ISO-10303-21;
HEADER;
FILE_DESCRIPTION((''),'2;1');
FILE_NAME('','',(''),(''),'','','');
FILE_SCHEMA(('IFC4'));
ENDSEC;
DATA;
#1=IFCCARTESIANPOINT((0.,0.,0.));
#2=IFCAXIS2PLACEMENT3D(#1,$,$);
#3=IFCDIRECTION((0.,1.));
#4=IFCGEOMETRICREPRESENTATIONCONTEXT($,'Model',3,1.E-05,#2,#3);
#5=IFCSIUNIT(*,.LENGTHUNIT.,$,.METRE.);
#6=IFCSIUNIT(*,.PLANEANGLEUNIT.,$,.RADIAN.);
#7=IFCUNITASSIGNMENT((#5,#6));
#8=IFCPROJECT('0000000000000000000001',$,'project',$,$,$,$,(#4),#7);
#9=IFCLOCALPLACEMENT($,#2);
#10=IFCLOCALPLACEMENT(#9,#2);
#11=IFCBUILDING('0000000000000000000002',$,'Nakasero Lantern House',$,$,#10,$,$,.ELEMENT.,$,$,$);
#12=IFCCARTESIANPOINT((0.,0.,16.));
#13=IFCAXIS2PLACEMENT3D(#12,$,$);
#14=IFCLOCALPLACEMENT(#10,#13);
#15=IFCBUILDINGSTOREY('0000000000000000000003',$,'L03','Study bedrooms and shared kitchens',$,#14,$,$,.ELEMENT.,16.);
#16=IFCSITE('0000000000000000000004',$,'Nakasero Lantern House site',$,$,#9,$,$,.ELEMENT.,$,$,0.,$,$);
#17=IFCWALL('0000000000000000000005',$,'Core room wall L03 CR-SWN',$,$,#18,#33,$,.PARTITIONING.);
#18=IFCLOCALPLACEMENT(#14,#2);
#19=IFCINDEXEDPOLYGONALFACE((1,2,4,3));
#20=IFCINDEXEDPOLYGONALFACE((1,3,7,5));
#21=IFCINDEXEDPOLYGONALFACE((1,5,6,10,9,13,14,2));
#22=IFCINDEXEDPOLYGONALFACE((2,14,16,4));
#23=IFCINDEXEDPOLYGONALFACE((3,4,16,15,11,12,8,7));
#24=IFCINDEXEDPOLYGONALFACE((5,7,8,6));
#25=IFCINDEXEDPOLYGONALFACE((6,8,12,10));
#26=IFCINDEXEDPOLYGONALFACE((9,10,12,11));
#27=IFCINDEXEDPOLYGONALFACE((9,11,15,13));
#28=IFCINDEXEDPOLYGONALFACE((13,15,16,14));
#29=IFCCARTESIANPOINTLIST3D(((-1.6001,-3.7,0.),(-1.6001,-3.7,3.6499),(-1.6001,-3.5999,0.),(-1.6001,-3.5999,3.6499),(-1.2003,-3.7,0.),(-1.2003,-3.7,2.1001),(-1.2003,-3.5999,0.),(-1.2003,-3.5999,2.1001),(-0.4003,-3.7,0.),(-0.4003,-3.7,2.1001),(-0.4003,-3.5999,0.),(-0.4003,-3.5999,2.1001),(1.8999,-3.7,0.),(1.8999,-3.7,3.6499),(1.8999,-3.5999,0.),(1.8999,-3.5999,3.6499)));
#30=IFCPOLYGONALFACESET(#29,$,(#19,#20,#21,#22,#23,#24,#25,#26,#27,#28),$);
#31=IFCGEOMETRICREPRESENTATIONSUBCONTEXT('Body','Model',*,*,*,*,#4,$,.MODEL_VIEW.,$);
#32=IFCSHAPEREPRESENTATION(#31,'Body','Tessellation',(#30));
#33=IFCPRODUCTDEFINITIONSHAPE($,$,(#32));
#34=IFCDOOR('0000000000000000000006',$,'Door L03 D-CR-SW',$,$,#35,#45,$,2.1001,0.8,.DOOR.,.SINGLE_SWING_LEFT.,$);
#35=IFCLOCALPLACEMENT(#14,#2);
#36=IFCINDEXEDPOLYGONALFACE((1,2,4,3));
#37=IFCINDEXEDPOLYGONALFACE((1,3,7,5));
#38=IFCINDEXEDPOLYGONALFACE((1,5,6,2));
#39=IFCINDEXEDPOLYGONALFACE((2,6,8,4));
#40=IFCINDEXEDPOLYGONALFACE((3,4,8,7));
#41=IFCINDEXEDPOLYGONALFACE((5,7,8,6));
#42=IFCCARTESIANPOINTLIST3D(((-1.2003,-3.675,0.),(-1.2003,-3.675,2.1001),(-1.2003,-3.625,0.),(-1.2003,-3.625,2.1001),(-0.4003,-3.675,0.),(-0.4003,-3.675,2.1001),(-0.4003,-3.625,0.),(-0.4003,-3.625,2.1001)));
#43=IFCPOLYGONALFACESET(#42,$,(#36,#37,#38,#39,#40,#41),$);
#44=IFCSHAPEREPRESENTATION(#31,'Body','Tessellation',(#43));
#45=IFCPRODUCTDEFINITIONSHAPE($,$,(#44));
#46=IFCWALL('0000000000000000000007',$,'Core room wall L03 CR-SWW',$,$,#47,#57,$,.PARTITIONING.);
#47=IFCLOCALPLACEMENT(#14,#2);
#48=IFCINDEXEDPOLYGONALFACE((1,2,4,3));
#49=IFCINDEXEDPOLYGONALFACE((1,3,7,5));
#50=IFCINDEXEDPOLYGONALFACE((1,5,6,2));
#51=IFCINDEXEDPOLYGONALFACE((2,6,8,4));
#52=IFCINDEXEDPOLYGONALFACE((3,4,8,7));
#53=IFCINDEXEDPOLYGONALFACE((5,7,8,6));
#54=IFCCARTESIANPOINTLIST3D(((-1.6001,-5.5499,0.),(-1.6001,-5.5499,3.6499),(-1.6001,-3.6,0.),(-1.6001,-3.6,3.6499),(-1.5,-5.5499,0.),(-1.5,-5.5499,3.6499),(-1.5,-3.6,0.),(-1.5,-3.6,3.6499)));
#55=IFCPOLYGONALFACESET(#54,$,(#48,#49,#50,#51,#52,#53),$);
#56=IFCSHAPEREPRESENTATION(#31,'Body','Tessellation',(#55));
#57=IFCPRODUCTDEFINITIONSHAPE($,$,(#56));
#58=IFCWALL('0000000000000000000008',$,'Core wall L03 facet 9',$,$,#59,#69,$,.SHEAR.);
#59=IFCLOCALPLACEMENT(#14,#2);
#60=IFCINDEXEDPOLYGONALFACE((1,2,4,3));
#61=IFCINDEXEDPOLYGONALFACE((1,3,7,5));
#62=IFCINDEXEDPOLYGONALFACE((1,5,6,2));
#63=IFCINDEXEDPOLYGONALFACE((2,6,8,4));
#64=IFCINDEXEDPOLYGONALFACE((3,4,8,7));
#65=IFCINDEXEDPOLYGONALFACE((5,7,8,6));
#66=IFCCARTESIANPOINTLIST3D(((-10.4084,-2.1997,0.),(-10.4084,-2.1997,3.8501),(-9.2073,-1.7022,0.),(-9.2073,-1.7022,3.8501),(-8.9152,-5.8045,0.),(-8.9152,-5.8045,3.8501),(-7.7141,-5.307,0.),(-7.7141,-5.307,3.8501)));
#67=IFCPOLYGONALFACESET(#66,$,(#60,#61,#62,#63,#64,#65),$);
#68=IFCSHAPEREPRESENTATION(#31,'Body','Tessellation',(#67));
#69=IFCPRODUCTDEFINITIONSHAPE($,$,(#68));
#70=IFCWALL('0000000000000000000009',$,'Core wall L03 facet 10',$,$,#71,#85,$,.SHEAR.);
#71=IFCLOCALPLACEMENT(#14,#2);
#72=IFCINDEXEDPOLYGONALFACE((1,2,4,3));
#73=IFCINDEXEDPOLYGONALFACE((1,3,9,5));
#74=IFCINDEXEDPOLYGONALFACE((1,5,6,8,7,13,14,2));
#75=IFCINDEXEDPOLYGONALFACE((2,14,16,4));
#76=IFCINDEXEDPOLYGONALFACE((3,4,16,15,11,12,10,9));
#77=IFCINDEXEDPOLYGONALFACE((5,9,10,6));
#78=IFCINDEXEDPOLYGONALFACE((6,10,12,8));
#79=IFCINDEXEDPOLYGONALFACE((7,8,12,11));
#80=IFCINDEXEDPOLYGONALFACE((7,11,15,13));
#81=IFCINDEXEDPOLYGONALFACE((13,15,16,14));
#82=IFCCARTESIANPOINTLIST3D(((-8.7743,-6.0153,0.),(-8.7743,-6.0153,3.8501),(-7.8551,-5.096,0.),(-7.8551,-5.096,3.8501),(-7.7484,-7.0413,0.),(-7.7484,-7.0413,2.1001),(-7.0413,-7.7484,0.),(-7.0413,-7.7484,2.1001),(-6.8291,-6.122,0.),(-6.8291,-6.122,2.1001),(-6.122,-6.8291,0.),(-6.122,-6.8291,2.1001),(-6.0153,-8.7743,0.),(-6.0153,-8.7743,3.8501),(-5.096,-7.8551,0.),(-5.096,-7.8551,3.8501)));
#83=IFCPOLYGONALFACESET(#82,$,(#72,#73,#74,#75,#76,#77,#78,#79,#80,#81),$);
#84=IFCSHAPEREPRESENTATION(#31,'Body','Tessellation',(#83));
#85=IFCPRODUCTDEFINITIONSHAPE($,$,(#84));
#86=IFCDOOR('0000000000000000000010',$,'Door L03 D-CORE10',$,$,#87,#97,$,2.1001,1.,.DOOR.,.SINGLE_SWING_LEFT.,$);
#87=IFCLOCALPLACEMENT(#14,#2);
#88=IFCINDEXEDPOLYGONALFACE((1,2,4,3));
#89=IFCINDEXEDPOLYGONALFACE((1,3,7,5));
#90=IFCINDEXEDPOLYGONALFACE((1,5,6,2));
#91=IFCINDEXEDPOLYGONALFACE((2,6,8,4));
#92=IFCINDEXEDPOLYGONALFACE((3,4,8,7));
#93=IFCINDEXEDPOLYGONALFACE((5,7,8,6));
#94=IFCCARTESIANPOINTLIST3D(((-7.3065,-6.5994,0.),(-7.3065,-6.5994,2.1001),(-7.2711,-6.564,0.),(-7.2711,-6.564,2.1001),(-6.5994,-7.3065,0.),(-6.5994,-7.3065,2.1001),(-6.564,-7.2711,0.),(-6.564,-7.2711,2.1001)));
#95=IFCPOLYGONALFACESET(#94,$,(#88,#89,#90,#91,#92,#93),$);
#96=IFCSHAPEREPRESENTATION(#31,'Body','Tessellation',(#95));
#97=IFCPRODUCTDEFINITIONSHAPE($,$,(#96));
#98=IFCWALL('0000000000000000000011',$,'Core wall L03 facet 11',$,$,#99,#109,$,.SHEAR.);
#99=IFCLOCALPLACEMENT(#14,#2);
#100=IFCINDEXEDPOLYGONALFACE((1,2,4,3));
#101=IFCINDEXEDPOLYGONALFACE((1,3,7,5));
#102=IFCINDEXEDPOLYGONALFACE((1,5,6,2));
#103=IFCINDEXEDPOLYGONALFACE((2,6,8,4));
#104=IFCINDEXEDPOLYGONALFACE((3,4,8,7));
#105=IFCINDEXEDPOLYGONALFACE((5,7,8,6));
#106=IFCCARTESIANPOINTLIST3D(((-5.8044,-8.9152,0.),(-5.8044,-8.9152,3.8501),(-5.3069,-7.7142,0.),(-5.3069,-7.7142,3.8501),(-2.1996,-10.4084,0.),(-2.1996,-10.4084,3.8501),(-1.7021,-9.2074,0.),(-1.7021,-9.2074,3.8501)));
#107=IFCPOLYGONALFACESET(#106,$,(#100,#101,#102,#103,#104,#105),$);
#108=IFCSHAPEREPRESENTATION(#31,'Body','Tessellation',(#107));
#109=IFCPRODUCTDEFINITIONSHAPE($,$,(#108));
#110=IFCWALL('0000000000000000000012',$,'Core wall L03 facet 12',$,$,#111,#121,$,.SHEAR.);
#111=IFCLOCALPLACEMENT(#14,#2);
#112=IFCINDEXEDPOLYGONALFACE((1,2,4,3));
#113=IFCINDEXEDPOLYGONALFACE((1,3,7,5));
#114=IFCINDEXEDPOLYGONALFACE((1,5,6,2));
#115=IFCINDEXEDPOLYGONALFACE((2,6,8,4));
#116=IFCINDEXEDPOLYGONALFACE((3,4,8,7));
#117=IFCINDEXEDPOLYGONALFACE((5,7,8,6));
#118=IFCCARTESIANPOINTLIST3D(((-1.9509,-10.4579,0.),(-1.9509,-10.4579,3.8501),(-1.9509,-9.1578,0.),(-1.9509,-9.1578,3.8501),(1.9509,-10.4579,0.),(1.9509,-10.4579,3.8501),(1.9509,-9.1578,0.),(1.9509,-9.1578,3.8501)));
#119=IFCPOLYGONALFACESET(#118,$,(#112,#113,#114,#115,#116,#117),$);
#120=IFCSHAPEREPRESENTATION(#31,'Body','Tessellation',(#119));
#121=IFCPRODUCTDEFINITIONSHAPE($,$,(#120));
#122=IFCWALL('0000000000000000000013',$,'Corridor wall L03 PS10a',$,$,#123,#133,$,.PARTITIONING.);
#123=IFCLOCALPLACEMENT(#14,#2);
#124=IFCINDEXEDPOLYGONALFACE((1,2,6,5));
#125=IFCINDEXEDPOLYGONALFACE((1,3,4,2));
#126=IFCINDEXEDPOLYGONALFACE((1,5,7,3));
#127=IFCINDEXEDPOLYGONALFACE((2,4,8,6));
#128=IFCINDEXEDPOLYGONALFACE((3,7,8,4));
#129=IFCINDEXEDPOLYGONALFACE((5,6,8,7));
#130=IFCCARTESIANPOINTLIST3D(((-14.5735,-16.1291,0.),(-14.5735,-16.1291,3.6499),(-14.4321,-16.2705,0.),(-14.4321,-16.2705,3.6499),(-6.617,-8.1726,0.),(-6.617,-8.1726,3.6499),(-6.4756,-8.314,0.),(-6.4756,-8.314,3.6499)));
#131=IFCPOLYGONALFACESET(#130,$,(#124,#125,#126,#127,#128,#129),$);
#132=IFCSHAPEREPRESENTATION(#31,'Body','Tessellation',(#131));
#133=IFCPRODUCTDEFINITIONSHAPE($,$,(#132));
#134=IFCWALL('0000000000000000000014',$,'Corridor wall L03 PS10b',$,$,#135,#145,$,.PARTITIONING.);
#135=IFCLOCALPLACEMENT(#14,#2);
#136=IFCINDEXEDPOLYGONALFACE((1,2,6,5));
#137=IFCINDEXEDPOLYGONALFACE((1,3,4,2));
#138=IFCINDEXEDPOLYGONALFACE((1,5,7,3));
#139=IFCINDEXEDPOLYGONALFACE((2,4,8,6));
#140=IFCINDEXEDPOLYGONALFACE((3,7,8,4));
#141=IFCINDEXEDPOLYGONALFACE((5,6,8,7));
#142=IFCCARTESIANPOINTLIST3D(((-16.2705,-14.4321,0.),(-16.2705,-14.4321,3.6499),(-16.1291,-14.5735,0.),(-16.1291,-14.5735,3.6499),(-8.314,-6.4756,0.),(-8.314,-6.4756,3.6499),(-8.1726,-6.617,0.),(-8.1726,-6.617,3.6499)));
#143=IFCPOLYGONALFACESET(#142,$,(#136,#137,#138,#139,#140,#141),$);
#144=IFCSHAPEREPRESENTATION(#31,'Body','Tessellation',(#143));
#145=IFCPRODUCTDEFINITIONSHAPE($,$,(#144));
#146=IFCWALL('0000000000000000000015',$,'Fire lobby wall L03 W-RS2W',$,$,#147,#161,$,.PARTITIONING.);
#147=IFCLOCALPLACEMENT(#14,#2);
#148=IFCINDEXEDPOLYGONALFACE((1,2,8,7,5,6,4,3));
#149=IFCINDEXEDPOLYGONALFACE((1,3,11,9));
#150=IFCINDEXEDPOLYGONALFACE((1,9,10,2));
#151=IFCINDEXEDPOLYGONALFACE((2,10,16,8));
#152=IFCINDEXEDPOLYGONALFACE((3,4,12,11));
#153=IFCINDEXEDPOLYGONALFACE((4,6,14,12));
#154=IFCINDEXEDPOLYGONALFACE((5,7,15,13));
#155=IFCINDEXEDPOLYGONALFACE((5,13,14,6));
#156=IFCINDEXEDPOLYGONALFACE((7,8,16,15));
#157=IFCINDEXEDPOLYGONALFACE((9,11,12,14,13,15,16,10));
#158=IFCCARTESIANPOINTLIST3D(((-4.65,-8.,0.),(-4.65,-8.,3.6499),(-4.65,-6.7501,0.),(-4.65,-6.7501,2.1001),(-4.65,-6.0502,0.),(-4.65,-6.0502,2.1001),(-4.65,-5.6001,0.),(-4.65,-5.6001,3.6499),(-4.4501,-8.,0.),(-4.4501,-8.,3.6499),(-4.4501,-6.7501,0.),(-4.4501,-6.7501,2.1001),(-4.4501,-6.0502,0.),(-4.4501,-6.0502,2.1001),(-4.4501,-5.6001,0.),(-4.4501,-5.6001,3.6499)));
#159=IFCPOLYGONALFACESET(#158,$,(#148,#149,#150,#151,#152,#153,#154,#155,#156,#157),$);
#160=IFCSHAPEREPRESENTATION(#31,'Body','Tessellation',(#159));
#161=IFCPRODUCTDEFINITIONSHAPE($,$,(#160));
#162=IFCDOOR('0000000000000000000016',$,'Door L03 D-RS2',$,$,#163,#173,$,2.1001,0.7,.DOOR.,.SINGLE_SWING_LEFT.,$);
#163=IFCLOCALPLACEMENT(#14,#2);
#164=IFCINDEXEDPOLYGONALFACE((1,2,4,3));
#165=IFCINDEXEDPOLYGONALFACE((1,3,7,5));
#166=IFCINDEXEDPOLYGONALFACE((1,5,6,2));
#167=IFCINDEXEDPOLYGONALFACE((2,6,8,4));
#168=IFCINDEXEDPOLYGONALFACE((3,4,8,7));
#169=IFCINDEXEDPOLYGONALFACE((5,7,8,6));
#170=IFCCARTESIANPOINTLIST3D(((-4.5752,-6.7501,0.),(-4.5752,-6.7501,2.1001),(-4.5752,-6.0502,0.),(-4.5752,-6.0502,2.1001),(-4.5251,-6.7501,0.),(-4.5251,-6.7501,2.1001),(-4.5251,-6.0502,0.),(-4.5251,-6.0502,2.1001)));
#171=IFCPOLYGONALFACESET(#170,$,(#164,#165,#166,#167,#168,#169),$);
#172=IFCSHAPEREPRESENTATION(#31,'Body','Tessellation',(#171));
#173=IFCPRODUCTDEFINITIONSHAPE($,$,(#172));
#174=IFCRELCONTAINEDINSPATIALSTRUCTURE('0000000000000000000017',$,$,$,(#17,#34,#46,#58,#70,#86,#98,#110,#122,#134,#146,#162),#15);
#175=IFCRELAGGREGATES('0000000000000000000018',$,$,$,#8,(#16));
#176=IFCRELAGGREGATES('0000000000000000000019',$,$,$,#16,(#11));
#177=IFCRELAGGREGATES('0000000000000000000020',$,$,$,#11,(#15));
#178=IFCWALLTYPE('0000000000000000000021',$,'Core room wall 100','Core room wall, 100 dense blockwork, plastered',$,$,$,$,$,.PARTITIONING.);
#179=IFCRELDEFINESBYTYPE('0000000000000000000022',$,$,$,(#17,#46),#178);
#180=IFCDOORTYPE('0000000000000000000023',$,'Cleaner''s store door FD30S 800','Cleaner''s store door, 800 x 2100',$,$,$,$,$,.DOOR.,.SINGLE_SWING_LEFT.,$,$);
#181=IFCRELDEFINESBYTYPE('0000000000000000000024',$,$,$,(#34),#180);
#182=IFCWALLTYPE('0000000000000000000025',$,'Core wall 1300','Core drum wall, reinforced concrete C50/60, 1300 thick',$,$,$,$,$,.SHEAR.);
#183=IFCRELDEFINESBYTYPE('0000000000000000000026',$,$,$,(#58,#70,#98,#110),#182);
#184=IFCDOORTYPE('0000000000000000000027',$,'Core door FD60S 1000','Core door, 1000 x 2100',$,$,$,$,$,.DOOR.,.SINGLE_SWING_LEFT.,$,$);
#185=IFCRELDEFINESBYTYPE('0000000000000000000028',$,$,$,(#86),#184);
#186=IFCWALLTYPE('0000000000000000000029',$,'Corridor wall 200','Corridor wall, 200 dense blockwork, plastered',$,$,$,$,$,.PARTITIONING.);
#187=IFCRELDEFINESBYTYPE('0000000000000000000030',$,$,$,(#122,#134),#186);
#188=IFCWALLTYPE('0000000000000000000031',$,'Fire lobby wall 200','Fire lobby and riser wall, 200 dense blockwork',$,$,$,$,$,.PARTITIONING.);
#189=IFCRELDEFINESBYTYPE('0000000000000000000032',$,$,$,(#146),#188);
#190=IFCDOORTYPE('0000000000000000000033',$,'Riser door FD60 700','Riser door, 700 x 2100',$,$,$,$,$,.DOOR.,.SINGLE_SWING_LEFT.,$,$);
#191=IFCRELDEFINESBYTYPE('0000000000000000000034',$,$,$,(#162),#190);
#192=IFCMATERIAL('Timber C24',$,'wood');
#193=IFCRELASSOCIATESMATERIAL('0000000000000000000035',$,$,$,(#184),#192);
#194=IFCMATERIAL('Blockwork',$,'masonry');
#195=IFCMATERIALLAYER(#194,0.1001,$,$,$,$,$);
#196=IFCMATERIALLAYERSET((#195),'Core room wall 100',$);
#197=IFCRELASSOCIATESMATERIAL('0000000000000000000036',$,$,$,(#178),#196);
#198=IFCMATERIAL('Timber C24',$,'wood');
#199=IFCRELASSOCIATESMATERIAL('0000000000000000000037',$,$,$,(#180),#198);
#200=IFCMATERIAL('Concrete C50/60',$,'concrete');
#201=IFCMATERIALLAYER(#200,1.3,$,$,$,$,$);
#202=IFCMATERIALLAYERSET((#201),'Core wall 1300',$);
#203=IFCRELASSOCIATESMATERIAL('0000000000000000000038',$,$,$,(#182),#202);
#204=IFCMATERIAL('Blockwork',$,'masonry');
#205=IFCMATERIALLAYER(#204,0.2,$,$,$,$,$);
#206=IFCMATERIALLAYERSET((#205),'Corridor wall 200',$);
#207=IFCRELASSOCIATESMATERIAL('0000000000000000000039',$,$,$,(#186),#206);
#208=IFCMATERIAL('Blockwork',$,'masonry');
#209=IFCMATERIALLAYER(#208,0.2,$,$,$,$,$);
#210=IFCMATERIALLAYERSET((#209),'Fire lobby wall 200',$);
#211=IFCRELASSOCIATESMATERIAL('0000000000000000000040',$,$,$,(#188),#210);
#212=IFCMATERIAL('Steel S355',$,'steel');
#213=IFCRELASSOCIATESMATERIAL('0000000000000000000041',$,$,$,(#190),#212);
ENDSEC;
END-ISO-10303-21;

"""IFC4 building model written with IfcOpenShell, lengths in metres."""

from ifc_helpers import new_model, si_unit, direction, frame, frame_2d, origin, place, context, subcontext, project, spatial, rectangle, extrude, material, layer, layer_set, type_object, element, fill, save


model = new_model("IFC4")

# Units and contexts
model_context = context("Model", 3, precision=1e-05, world=origin(), true_north=direction((0.0, 1.0)))
body_context = subcontext(model_context, "Body", "Model", "MODEL_VIEW")
ifc_project = project(units=[si_unit("LENGTHUNIT", "METRE"), si_unit("PLANEANGLEUNIT", "RADIAN")], contexts=[model_context])

# Site, building, storey
site_placement = place(None, origin())
site = spatial("IfcSite", under=ifc_project, at=site_placement, Name="Nakasero Lantern House site", CompositionType="ELEMENT", RefElevation=0.0)
building_placement = place(site_placement, origin())
building = spatial("IfcBuilding", under=site, at=building_placement, Name="Nakasero Lantern House", CompositionType="ELEMENT")
storey_placement = place(building_placement, frame((0.0, 0.0, 16.0)))
storey = spatial("IfcBuildingStorey", under=building, at=storey_placement, Name="L03", Description="Study bedrooms and shared kitchens", CompositionType="ELEMENT", Elevation=16.0)

# Shared definitions
ifc_material_1 = material(Name="Timber C24", Category="wood")
door_type_1 = type_object("IfcDoorType", Name="Core door FD60S 1000", Description="Core door, 1000 x 2100", OperationType="SINGLE_SWING_LEFT", PredefinedType="DOOR", material=ifc_material_1)

# Wall, opening, door
ifc_material_2 = material(Name="Blockwork", Category="masonry")
ifc_layer_1 = layer(ifc_material_2, 0.1001)
ifc_layer_set_1 = layer_set([ifc_layer_1], Name="Core room wall 100")
wall_type_1 = type_object("IfcWallType", Name="Core room wall 100", Description="Core room wall, 100 dense blockwork, plastered", PredefinedType="PARTITIONING", material=ifc_layer_set_1)
wall_1_placement = place(storey_placement, frame((-1.6001, -3.6499, 0.0), z_axis=(0.0, 0.0, 1.0), x_axis=(1.0, 0.0, 0.0)))
wall_1 = element("IfcWall", 1, at=wall_1_placement, inside=storey, type_object=wall_type_1, Name="Core room wall L03 CR-SWN", PredefinedType="PARTITIONING", context=body_context, shape_type="SweptSolid", body=[
    extrude(rectangle(XDim=3.5, YDim=0.1001, at=frame_2d((1.75, 0.0))), origin(), (0.0, 0.0, 1.0), 3.6499),
])
opening_1_placement = place(wall_1_placement, frame((0.3999, 0.0, 0.0)))
opening_1 = element("IfcOpeningElement", 2, at=opening_1_placement, cuts=wall_1, PredefinedType="OPENING", context=body_context, shape_type="SweptSolid", body=[
    extrude(rectangle(XDim=0.8, YDim=2.1001, at=frame_2d((0.3999, 1.05))), frame((0.0, 0.0701, 0.0), z_axis=(0.0, -1.0, 0.0), x_axis=(1.0, 0.0, 0.0)), (0.0, 0.0, 1.0), 0.1401),
])
ifc_material_3 = material(Name="Timber C24", Category="wood")
door_type_2 = type_object("IfcDoorType", Name="Cleaner's store door FD30S 800", Description="Cleaner's store door, 800 x 2100", OperationType="SINGLE_SWING_LEFT", PredefinedType="DOOR", material=ifc_material_3)
door_1_placement = place(opening_1_placement, origin())
door_1 = element("IfcDoor", 3, at=door_1_placement, inside=storey, type_object=door_type_2, Name="Door L03 D-CR-SW", OperationType="SINGLE_SWING_LEFT", OverallHeight=2.1001, OverallWidth=0.8, PredefinedType="DOOR", context=body_context, shape_type="SweptSolid", body=[
    extrude(rectangle(XDim=0.8, YDim=2.1001, at=frame_2d((0.3999, 1.05))), frame((0.0, 0.0249, 0.0), z_axis=(0.0, -1.0, 0.0), x_axis=(1.0, 0.0, 0.0)), (0.0, 0.0, 1.0), 0.05),
])
fill(opening_1, door_1)

# Walls
wall_2_placement = place(storey_placement, frame((-1.55, -5.55, 0.0), z_axis=(0.0, 0.0, 1.0), x_axis=(0.0, 1.0, 0.0)))
element("IfcWall", 4, at=wall_2_placement, inside=storey, type_object=wall_type_1, Name="Core room wall L03 CR-SWW", PredefinedType="PARTITIONING", context=body_context, shape_type="SweptSolid", body=[
    extrude(rectangle(XDim=1.95, YDim=0.1001, at=frame_2d((0.9751, 0.0))), origin(), (0.0, 0.0, 1.0), 3.6499),
])
ifc_material_4 = material(Name="Concrete C50/60", Category="concrete")
ifc_layer_2 = layer(ifc_material_4, 1.3)
ifc_layer_set_2 = layer_set([ifc_layer_2], Name="Core wall 1300")
wall_type_2 = type_object("IfcWallType", Name="Core wall 1300", Description="Core drum wall, reinforced concrete C50/60, 1300 thick", PredefinedType="SHEAR", material=ifc_layer_set_2)
wall_3_placement = place(storey_placement, frame((-9.8079, -1.9509, 0.0), z_axis=(0.0, 0.0, 1.0), x_axis=(0.382691, -0.923877, 0.0)))
element("IfcWall", 5, at=wall_3_placement, inside=storey, type_object=wall_type_2, Name="Core wall L03 facet 9", PredefinedType="SHEAR", context=body_context, shape_type="SweptSolid", body=[
    extrude(rectangle(XDim=3.9019, YDim=1.3, at=frame_2d((1.9509, 0.0))), origin(), (0.0, 0.0, 1.0), 3.8501),
])

# Wall, opening, door
wall_4_placement = place(storey_placement, frame((-8.3147, -5.5557, 0.0), z_axis=(0.0, 0.0, 1.0), x_axis=(0.707107, -0.707107, 0.0)))
wall_4 = element("IfcWall", 6, at=wall_4_placement, inside=storey, type_object=wall_type_2, Name="Core wall L03 facet 10", PredefinedType="SHEAR", context=body_context, shape_type="SweptSolid", body=[
    extrude(rectangle(XDim=3.9019, YDim=1.3, at=frame_2d((1.9509, 0.0))), origin(), (0.0, 0.0, 1.0), 3.8501),
])
opening_2_placement = place(wall_4_placement, frame((1.4509, 0.0, 0.0)))
opening_2 = element("IfcOpeningElement", 7, at=opening_2_placement, cuts=wall_4, PredefinedType="OPENING", context=body_context, shape_type="SweptSolid", body=[
    extrude(rectangle(XDim=1.0, YDim=2.1001, at=frame_2d((0.5, 1.05))), frame((0.0, 0.6699, 0.0), z_axis=(0.0, -1.0, 0.0), x_axis=(1.0, 0.0, 0.0)), (0.0, 0.0, 1.0), 1.3401),
])
door_2_placement = place(opening_2_placement, origin())
door_2 = element("IfcDoor", 8, at=door_2_placement, inside=storey, type_object=door_type_1, Name="Door L03 D-CORE10", OperationType="SINGLE_SWING_LEFT", OverallHeight=2.1001, OverallWidth=1.0, PredefinedType="DOOR", context=body_context, shape_type="SweptSolid", body=[
    extrude(rectangle(XDim=1.0, YDim=2.1001, at=frame_2d((0.5, 1.05))), frame((0.0, 0.0249, 0.0), z_axis=(0.0, -1.0, 0.0), x_axis=(1.0, 0.0, 0.0)), (0.0, 0.0, 1.0), 0.05),
])
fill(opening_2, door_2)

# Walls
for number, where, z_axis, x_axis, name in (
    (9, (-5.5557, -8.3147, 0.0), (0.0, 0.0, 1.0), (0.923877, -0.382691, 0.0), "Core wall L03 facet 11"),
    (10, (-1.9509, -9.8079, 0.0), (0.0, 0.0, 1.0), (1.0, 0.0, 0.0), "Core wall L03 facet 12"),
):
    element("IfcWall", number, at=place(storey_placement, frame(where, z_axis=z_axis, x_axis=x_axis)), inside=storey, type_object=wall_type_2, Name=name, PredefinedType="SHEAR", context=body_context, shape_type="SweptSolid", body=[
        extrude(rectangle(XDim=3.9019, YDim=1.3, at=frame_2d((1.9509, 0.0))), origin(), (0.0, 0.0, 1.0), 3.8501),
    ])
ifc_material_5 = material(Name="Blockwork", Category="masonry")
ifc_layer_3 = layer(ifc_material_5, 0.2)
ifc_layer_set_3 = layer_set([ifc_layer_3], Name="Corridor wall 200")
wall_type_3 = type_object("IfcWallType", Name="Corridor wall 200", Description="Corridor wall, 200 dense blockwork, plastered", PredefinedType="PARTITIONING", material=ifc_layer_set_3)
for number, where, z_axis, x_axis, name in (
    (11, (-6.5464, -8.2434, 0.0), (0.0, 0.0, 1.0), (-0.707107, -0.707107, 0.0), "Corridor wall L03 PS10a"),
    (12, (-8.2434, -6.5464, 0.0), (0.0, 0.0, 1.0), (-0.707107, -0.707107, 0.0), "Corridor wall L03 PS10b"),
):
    element("IfcWall", number, at=place(storey_placement, frame(where, z_axis=z_axis, x_axis=x_axis)), inside=storey, type_object=wall_type_3, Name=name, PredefinedType="PARTITIONING", context=body_context, shape_type="SweptSolid", body=[
        extrude(rectangle(XDim=11.2522, YDim=0.2, at=frame_2d((5.626, 0.0))), origin(), (0.0, 0.0, 1.0), 3.6499),
    ])

# Wall, opening, door
ifc_material_6 = material(Name="Blockwork", Category="masonry")
ifc_layer_4 = layer(ifc_material_6, 0.2)
ifc_layer_set_4 = layer_set([ifc_layer_4], Name="Fire lobby wall 200")
wall_type_4 = type_object("IfcWallType", Name="Fire lobby wall 200", Description="Fire lobby and riser wall, 200 dense blockwork", PredefinedType="PARTITIONING", material=ifc_layer_set_4)
wall_5_placement = place(storey_placement, frame((-4.55, -5.6001, 0.0), z_axis=(0.0, 0.0, 1.0), x_axis=(0.0, -1.0, 0.0)))
wall_5 = element("IfcWall", 13, at=wall_5_placement, inside=storey, type_object=wall_type_4, Name="Fire lobby wall L03 W-RS2W", PredefinedType="PARTITIONING", context=body_context, shape_type="SweptSolid", body=[
    extrude(rectangle(XDim=2.3999, YDim=0.2, at=frame_2d((1.2, 0.0))), origin(), (0.0, 0.0, 1.0), 3.6499),
])
opening_3_placement = place(wall_5_placement, frame((0.45, 0.0, 0.0)))
opening_3 = element("IfcOpeningElement", 14, at=opening_3_placement, cuts=wall_5, PredefinedType="OPENING", context=body_context, shape_type="SweptSolid", body=[
    extrude(rectangle(XDim=0.7, YDim=2.1001, at=frame_2d((0.3501, 1.05))), frame((0.0, 0.1199, 0.0), z_axis=(0.0, -1.0, 0.0), x_axis=(1.0, 0.0, 0.0)), (0.0, 0.0, 1.0), 0.24),
])
ifc_material_7 = material(Name="Steel S355", Category="steel")
door_type_3 = type_object("IfcDoorType", Name="Riser door FD60 700", Description="Riser door, 700 x 2100", OperationType="SINGLE_SWING_LEFT", PredefinedType="DOOR", material=ifc_material_7)
door_3_placement = place(opening_3_placement, origin())
door_3 = element("IfcDoor", 15, at=door_3_placement, inside=storey, type_object=door_type_3, Name="Door L03 D-RS2", OperationType="SINGLE_SWING_LEFT", OverallHeight=2.1001, OverallWidth=0.7, PredefinedType="DOOR", context=body_context, shape_type="SweptSolid", body=[
    extrude(rectangle(XDim=0.7, YDim=2.1001, at=frame_2d((0.3501, 1.05))), frame((0.0, 0.0249, 0.0), z_axis=(0.0, -1.0, 0.0), x_axis=(1.0, 0.0, 0.0)), (0.0, 0.0, 1.0), 0.05),
])
fill(opening_3, door_3)

save(model, "model.ifc")
